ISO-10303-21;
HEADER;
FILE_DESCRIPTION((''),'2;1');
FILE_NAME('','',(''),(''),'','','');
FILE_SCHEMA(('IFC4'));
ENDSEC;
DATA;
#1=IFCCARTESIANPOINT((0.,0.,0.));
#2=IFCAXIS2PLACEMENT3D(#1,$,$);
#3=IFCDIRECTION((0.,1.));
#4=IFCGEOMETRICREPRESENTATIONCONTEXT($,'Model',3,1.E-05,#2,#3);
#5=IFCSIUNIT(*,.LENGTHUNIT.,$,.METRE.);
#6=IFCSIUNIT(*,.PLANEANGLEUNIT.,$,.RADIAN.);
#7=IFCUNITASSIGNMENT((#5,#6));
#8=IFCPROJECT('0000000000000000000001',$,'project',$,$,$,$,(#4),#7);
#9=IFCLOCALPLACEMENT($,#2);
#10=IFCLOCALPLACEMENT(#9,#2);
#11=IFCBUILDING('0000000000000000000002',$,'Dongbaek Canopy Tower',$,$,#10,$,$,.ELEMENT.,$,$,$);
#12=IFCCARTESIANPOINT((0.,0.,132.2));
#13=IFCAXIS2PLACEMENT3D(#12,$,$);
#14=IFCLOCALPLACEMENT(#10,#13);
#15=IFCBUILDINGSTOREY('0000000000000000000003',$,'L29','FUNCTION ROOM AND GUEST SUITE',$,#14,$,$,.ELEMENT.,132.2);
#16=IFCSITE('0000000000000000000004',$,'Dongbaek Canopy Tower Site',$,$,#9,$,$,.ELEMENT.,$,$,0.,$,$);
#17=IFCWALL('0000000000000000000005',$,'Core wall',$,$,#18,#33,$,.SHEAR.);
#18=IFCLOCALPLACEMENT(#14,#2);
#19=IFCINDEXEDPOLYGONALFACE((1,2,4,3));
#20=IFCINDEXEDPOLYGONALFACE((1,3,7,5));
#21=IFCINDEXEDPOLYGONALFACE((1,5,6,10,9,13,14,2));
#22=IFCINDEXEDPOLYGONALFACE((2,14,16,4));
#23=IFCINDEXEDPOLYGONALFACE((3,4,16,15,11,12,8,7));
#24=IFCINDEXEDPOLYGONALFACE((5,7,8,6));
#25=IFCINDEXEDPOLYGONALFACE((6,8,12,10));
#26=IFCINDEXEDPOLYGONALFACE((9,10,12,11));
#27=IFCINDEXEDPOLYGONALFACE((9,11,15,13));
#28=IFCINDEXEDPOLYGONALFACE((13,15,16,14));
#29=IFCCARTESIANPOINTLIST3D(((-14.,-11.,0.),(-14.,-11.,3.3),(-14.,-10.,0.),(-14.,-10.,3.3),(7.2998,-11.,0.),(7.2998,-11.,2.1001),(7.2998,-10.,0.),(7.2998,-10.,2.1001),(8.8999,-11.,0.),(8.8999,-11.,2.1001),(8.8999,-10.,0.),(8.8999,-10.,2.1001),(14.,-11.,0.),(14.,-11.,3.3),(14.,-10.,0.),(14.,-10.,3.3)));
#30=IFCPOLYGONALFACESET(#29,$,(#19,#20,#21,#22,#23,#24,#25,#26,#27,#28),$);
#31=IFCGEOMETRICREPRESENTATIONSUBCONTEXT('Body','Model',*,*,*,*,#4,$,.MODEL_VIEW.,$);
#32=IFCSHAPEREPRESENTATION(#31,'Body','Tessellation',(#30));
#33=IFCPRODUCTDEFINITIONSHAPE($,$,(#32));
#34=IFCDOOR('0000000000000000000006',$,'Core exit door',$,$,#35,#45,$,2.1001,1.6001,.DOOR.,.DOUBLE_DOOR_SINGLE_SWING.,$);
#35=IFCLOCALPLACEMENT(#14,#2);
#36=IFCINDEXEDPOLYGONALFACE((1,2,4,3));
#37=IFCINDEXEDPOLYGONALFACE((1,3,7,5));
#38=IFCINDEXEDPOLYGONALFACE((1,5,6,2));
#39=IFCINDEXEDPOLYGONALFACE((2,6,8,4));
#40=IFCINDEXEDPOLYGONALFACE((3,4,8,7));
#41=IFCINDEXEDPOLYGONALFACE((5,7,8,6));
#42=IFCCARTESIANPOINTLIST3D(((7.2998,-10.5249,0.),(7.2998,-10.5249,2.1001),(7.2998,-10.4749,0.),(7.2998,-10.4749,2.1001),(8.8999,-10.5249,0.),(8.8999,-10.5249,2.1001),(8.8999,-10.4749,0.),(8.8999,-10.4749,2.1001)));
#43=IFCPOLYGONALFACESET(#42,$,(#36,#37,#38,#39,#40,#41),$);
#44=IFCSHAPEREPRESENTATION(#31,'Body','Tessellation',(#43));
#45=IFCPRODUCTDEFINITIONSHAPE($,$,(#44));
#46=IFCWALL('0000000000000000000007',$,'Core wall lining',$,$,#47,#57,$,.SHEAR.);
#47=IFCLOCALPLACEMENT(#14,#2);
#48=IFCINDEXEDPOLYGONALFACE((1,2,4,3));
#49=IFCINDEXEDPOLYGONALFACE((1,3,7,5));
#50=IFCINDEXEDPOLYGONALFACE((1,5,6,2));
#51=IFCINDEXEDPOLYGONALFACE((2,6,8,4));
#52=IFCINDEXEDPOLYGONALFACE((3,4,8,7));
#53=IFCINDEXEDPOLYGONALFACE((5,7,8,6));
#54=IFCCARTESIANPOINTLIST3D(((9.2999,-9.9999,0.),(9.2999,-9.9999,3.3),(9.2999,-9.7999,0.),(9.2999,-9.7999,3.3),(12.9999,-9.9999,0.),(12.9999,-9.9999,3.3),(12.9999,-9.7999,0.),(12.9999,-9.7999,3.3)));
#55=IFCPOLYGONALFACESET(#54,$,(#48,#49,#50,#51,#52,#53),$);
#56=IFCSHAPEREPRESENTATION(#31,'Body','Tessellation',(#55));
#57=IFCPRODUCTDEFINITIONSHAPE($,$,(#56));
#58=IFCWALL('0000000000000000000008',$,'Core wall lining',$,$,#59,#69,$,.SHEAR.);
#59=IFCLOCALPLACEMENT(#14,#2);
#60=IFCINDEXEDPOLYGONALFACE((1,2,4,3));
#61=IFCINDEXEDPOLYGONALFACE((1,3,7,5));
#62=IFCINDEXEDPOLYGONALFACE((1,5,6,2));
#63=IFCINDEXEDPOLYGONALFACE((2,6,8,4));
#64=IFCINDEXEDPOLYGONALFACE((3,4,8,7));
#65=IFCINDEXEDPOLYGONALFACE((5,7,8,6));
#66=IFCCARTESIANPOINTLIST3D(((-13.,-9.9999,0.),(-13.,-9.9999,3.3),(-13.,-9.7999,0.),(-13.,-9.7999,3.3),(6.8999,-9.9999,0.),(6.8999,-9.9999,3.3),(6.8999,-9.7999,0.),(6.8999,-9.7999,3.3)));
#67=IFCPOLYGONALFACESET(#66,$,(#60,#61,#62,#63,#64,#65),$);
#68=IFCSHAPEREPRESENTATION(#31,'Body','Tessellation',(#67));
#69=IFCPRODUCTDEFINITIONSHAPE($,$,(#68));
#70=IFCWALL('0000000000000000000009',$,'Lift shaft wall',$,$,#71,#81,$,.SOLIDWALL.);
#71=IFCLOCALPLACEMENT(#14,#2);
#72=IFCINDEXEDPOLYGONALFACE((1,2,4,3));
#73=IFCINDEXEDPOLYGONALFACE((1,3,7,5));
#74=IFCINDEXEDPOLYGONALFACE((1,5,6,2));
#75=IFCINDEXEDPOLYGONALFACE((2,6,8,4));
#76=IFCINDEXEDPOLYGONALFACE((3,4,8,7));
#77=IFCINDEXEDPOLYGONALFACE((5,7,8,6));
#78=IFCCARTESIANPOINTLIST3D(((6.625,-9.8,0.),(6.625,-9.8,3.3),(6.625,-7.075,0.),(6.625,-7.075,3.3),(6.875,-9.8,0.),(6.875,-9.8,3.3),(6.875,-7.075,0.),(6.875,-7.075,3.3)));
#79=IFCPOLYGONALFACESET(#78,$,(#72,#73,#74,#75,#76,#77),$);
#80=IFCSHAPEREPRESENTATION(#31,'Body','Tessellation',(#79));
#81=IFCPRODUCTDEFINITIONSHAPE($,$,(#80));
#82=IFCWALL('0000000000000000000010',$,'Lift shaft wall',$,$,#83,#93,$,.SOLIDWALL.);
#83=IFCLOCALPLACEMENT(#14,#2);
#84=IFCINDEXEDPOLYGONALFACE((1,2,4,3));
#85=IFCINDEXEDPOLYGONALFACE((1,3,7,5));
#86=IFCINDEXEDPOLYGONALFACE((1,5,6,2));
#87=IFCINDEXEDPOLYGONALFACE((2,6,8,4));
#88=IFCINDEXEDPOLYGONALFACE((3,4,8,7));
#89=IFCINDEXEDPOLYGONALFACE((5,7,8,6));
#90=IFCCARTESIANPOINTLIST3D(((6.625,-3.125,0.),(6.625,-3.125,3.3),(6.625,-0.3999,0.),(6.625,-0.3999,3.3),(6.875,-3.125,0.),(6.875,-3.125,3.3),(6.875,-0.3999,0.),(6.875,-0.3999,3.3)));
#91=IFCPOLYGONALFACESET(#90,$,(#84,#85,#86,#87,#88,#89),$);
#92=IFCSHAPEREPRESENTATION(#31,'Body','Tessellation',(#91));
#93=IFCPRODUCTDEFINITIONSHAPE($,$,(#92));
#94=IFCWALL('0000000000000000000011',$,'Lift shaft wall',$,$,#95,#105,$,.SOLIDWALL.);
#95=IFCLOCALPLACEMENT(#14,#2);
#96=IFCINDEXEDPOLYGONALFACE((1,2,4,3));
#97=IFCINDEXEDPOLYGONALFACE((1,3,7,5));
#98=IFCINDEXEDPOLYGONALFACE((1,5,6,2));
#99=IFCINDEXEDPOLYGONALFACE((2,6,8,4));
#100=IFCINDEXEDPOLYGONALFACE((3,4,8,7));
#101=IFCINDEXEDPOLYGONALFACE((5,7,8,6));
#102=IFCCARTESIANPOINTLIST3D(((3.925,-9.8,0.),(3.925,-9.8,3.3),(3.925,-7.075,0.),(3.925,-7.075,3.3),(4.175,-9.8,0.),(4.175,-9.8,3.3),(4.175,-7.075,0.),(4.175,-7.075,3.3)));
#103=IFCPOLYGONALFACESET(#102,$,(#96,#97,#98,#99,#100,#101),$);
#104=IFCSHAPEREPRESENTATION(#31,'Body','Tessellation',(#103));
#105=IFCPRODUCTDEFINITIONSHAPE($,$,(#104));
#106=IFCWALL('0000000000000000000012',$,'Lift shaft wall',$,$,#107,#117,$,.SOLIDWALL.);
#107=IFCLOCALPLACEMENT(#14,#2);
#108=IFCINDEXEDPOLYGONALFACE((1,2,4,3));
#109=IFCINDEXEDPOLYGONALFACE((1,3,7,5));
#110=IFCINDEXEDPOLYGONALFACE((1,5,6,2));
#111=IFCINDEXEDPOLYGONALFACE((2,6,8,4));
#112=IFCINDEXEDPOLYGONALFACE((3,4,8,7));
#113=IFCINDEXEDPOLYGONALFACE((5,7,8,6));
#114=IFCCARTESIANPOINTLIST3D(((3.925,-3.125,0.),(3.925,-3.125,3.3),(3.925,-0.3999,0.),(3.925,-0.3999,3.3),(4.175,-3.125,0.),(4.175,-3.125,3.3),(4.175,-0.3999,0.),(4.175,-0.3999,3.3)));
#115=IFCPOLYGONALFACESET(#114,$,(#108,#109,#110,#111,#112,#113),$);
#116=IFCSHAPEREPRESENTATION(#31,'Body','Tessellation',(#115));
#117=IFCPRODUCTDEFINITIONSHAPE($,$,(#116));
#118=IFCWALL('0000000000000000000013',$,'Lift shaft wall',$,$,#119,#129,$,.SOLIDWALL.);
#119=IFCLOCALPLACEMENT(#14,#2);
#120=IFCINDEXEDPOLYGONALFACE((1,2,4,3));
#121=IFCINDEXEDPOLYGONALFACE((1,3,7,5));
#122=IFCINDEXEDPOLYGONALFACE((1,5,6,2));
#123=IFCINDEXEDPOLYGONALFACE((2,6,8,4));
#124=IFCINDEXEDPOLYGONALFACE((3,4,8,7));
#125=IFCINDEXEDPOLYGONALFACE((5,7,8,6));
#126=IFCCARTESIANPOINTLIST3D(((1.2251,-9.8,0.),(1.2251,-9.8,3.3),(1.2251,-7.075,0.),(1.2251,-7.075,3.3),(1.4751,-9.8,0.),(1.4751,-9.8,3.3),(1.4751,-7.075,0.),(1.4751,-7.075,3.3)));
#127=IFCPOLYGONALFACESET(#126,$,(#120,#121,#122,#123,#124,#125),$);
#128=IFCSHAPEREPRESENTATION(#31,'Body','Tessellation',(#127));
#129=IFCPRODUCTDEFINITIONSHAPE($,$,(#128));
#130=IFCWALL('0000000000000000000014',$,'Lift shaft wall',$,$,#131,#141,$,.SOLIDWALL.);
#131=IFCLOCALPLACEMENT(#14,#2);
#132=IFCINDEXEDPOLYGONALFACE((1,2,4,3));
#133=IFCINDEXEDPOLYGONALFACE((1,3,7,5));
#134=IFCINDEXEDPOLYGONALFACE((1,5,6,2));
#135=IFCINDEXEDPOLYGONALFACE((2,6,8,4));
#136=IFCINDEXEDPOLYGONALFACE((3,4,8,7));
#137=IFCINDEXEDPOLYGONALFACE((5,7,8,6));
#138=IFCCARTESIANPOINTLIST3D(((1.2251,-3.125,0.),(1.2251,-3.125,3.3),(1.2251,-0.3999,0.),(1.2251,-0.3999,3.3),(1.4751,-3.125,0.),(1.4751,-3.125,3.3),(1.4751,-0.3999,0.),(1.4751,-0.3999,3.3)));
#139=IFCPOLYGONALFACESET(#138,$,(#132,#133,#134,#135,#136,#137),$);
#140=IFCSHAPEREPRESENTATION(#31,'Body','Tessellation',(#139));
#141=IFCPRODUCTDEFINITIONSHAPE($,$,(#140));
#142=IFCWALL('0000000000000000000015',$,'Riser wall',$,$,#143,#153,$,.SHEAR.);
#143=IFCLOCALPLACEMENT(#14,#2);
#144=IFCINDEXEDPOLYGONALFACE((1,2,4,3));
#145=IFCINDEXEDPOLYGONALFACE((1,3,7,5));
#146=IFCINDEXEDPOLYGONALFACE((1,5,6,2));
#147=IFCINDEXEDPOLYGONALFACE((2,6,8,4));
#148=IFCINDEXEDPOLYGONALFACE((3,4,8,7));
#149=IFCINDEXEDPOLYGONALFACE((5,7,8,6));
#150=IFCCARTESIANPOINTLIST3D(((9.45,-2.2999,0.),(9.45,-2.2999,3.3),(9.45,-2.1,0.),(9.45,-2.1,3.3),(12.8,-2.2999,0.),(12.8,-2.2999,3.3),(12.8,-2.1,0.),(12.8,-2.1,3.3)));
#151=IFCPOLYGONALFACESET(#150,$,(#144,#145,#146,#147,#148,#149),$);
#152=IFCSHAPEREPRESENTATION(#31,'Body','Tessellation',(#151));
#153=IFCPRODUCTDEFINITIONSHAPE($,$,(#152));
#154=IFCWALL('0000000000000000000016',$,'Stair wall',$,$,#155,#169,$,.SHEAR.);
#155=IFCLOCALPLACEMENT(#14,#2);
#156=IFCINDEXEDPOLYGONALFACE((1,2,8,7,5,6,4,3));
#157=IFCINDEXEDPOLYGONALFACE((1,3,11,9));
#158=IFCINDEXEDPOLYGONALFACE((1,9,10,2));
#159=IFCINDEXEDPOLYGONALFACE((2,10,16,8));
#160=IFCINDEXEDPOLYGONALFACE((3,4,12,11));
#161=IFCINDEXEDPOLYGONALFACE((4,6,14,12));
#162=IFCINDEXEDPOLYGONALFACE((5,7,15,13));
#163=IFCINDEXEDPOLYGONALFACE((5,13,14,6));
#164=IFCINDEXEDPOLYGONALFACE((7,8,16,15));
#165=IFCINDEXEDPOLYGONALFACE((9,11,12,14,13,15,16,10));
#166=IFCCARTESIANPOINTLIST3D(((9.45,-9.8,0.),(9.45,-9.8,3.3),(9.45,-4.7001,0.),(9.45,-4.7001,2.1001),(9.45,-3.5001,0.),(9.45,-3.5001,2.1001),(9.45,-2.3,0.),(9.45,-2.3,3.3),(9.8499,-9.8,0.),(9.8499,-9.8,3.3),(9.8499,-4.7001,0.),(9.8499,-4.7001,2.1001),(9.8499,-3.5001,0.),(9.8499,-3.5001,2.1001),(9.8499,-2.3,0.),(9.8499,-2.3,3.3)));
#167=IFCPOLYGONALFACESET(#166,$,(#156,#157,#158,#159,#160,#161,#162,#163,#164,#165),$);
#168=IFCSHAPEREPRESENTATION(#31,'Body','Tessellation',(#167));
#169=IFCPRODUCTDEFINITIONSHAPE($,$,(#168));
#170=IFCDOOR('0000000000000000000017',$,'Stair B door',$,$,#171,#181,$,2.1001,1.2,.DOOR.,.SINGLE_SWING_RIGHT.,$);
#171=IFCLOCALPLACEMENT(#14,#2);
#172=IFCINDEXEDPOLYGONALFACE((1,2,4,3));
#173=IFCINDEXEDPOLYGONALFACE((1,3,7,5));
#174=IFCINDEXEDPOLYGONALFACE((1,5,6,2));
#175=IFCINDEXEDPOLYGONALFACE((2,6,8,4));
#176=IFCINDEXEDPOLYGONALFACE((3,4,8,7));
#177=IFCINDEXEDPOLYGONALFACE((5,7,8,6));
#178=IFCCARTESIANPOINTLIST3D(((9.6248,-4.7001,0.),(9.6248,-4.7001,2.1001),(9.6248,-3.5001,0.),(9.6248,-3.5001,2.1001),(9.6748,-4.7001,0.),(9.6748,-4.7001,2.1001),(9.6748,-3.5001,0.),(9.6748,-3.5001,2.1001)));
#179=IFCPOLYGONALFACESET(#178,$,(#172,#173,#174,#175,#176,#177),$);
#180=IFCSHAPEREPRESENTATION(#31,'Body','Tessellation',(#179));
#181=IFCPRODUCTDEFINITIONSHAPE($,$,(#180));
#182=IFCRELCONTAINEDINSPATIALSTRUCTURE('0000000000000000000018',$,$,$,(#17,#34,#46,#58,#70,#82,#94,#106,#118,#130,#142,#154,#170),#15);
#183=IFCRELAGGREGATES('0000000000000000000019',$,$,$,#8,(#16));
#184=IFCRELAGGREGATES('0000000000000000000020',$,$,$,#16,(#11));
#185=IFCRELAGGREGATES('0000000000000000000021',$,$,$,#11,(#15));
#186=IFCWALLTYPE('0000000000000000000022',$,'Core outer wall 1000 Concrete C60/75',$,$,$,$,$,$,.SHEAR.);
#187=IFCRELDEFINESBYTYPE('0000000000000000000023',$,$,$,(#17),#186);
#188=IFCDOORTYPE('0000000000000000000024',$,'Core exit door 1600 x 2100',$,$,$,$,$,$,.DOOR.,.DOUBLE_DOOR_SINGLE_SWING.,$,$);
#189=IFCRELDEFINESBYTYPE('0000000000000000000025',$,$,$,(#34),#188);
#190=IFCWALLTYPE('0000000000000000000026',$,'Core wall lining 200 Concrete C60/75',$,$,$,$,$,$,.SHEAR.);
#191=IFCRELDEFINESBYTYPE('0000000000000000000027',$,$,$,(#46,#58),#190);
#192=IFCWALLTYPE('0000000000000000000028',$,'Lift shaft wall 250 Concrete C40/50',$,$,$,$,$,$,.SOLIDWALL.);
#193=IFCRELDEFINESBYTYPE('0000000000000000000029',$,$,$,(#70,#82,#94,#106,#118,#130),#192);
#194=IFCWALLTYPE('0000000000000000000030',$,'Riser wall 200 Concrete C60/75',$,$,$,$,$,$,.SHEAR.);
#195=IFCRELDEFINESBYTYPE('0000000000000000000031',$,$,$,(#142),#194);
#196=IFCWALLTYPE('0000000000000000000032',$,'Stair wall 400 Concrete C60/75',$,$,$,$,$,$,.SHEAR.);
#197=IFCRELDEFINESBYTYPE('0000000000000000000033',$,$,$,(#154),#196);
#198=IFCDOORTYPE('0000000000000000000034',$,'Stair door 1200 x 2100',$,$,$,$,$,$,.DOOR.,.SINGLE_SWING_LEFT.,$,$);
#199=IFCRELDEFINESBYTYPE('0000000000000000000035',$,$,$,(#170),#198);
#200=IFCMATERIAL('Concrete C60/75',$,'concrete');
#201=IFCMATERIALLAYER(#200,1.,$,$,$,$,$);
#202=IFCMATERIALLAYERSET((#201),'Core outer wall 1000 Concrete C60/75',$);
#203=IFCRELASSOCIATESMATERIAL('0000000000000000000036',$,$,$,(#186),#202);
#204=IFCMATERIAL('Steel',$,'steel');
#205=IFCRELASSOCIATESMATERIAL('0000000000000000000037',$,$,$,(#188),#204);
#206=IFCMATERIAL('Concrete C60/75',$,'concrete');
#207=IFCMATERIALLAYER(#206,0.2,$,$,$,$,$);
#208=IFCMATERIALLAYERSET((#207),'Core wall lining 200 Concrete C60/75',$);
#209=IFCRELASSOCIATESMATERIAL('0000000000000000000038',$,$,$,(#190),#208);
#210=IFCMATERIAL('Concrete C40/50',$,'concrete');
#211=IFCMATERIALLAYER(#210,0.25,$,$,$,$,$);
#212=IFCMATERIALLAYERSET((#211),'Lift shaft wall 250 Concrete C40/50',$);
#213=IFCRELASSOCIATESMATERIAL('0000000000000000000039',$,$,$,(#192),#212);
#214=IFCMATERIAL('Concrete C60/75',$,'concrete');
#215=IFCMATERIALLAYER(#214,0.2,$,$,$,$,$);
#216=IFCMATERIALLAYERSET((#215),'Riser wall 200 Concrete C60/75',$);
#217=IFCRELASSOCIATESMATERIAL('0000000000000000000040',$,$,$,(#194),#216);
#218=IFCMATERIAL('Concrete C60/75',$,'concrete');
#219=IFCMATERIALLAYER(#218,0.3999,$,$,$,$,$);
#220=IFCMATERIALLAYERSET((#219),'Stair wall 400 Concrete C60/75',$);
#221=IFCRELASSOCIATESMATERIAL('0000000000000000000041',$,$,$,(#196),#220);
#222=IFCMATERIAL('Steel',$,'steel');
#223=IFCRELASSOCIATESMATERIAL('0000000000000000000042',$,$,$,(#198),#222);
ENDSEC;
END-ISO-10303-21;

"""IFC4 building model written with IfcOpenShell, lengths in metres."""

from ifc_helpers import new_model, si_unit, direction, frame, frame_2d, origin, place, context, subcontext, project, spatial, rectangle, extrude, material, layer, layer_set, type_object, element, fill, save


model = new_model("IFC4")

# Units and contexts
model_context = context("Model", 3, precision=1e-05, world=origin(), true_north=direction((0.0, 1.0)))
body_context = subcontext(model_context, "Body", "Model", "MODEL_VIEW")
ifc_project = project(units=[si_unit("LENGTHUNIT", "METRE"), si_unit("PLANEANGLEUNIT", "RADIAN")], contexts=[model_context])

# Site, building, storey
site_placement = place(None, origin())
site = spatial("IfcSite", under=ifc_project, at=site_placement, Name="Dongbaek Canopy Tower Site", CompositionType="ELEMENT", RefElevation=0.0)
building_placement = place(site_placement, origin())
building = spatial("IfcBuilding", under=site, at=building_placement, Name="Dongbaek Canopy Tower", CompositionType="ELEMENT")
storey_placement = place(building_placement, frame((0.0, 0.0, 132.2)))
storey = spatial("IfcBuildingStorey", under=building, at=storey_placement, Name="L29", Description="FUNCTION ROOM AND GUEST SUITE", CompositionType="ELEMENT", Elevation=132.2)

# Wall, opening, door
ifc_material_1 = material(Name="Concrete C60/75", Category="concrete")
ifc_layer_1 = layer(ifc_material_1, 1.0)
ifc_layer_set_1 = layer_set([ifc_layer_1], Name="Core outer wall 1000 Concrete C60/75")
wall_type_1 = type_object("IfcWallType", Name="Core outer wall 1000 Concrete C60/75", PredefinedType="SHEAR", material=ifc_layer_set_1)
wall_1_placement = place(storey_placement, frame((14.0, -10.5, 0.0), z_axis=(0.0, 0.0, 1.0), x_axis=(-1.0, 0.0, 0.0)))
wall_1 = element("IfcWall", 1, at=wall_1_placement, inside=storey, type_object=wall_type_1, Name="Core wall", PredefinedType="SHEAR", context=body_context, shape_type="SweptSolid", body=[
    extrude(rectangle(XDim=28.0, YDim=1.0, at=frame_2d((14.0, 0.0))), origin(), (0.0, 0.0, 1.0), 3.3),
])
opening_1_placement = place(wall_1_placement, frame((5.1001, 0.0, 0.0)))
opening_1 = element("IfcOpeningElement", 2, at=opening_1_placement, cuts=wall_1, PredefinedType="OPENING", context=body_context, shape_type="SweptSolid", body=[
    extrude(rectangle(XDim=1.6001, YDim=2.1001, at=frame_2d((0.8, 1.05))), frame((0.0, 0.51, 0.0), z_axis=(0.0, -1.0, 0.0), x_axis=(1.0, 0.0, 0.0)), (0.0, 0.0, 1.0), 1.02),
])
ifc_material_2 = material(Name="Steel", Category="steel")
door_type_1 = type_object("IfcDoorType", Name="Core exit door 1600 x 2100", OperationType="DOUBLE_DOOR_SINGLE_SWING", PredefinedType="DOOR", material=ifc_material_2)
door_1_placement = place(opening_1_placement, origin())
door_1 = element("IfcDoor", 3, at=door_1_placement, inside=storey, type_object=door_type_1, Name="Core exit door", OperationType="DOUBLE_DOOR_SINGLE_SWING", OverallHeight=2.1001, OverallWidth=1.6001, PredefinedType="DOOR", context=body_context, shape_type="SweptSolid", body=[
    extrude(rectangle(XDim=1.6001, YDim=2.1001, at=frame_2d((0.8, 1.05))), frame((0.0, 0.0249, 0.0), z_axis=(0.0, -1.0, 0.0), x_axis=(1.0, 0.0, 0.0)), (0.0, 0.0, 1.0), 0.05),
])
fill(opening_1, door_1)

# Walls
ifc_material_3 = material(Name="Concrete C60/75", Category="concrete")
ifc_layer_2 = layer(ifc_material_3, 0.2)
ifc_layer_set_2 = layer_set([ifc_layer_2], Name="Core wall lining 200 Concrete C60/75")
wall_type_2 = type_object("IfcWallType", Name="Core wall lining 200 Concrete C60/75", PredefinedType="SHEAR", material=ifc_layer_set_2)
wall_2_placement = place(storey_placement, frame((13.0, -9.8999, 0.0), z_axis=(0.0, 0.0, 1.0), x_axis=(-1.0, 0.0, 0.0)))
element("IfcWall", 4, at=wall_2_placement, inside=storey, type_object=wall_type_2, Name="Core wall lining", PredefinedType="SHEAR", context=body_context, shape_type="SweptSolid", body=[
    extrude(rectangle(XDim=3.7, YDim=0.2, at=frame_2d((1.8501, 0.0))), origin(), (0.0, 0.0, 1.0), 3.3),
])
wall_3_placement = place(storey_placement, frame((6.8999, -9.8999, 0.0), z_axis=(0.0, 0.0, 1.0), x_axis=(-1.0, 0.0, 0.0)))
element("IfcWall", 5, at=wall_3_placement, inside=storey, type_object=wall_type_2, Name="Core wall lining", PredefinedType="SHEAR", context=body_context, shape_type="SweptSolid", body=[
    extrude(rectangle(XDim=19.8999, YDim=0.2, at=frame_2d((9.95, 0.0))), origin(), (0.0, 0.0, 1.0), 3.3),
])
ifc_material_4 = material(Name="Concrete C40/50", Category="concrete")
ifc_layer_3 = layer(ifc_material_4, 0.25)
ifc_layer_set_3 = layer_set([ifc_layer_3], Name="Lift shaft wall 250 Concrete C40/50")
wall_type_3 = type_object("IfcWallType", Name="Lift shaft wall 250 Concrete C40/50", PredefinedType="SOLIDWALL", material=ifc_layer_set_3)
for number, where, z_axis, x_axis, name in (
    (6, (6.75, -9.8, 0.0), (0.0, 0.0, 1.0), (0.0, 1.0, 0.0), "Lift shaft wall"),
    (7, (6.75, -3.125, 0.0), (0.0, 0.0, 1.0), (0.0, 1.0, 0.0), "Lift shaft wall"),
    (8, (4.05, -9.8, 0.0), (0.0, 0.0, 1.0), (0.0, 1.0, 0.0), "Lift shaft wall"),
    (9, (4.05, -3.125, 0.0), (0.0, 0.0, 1.0), (0.0, 1.0, 0.0), "Lift shaft wall"),
    (10, (1.3501, -9.8, 0.0), (0.0, 0.0, 1.0), (0.0, 1.0, 0.0), "Lift shaft wall"),
    (11, (1.3501, -3.125, 0.0), (0.0, 0.0, 1.0), (0.0, 1.0, 0.0), "Lift shaft wall"),
):
    element("IfcWall", number, at=place(storey_placement, frame(where, z_axis=z_axis, x_axis=x_axis)), inside=storey, type_object=wall_type_3, Name=name, PredefinedType="SOLIDWALL", context=body_context, shape_type="SweptSolid", body=[
        extrude(rectangle(XDim=2.7251, YDim=0.25, at=frame_2d((1.3625, 0.0))), origin(), (0.0, 0.0, 1.0), 3.3),
    ])
ifc_material_5 = material(Name="Concrete C60/75", Category="concrete")
ifc_layer_4 = layer(ifc_material_5, 0.2)
ifc_layer_set_4 = layer_set([ifc_layer_4], Name="Riser wall 200 Concrete C60/75")
wall_type_4 = type_object("IfcWallType", Name="Riser wall 200 Concrete C60/75", PredefinedType="SHEAR", material=ifc_layer_set_4)
wall_4_placement = place(storey_placement, frame((9.45, -2.2, 0.0), z_axis=(0.0, 0.0, 1.0), x_axis=(1.0, 0.0, 0.0)))
element("IfcWall", 12, at=wall_4_placement, inside=storey, type_object=wall_type_4, Name="Riser wall", PredefinedType="SHEAR", context=body_context, shape_type="SweptSolid", body=[
    extrude(rectangle(XDim=3.3501, YDim=0.2, at=frame_2d((1.675, 0.0))), origin(), (0.0, 0.0, 1.0), 3.3),
])

# Wall, opening, door
ifc_material_6 = material(Name="Concrete C60/75", Category="concrete")
ifc_layer_5 = layer(ifc_material_6, 0.3999)
ifc_layer_set_5 = layer_set([ifc_layer_5], Name="Stair wall 400 Concrete C60/75")
wall_type_5 = type_object("IfcWallType", Name="Stair wall 400 Concrete C60/75", PredefinedType="SHEAR", material=ifc_layer_set_5)
wall_5_placement = place(storey_placement, frame((9.6499, -2.3, 0.0), z_axis=(0.0, 0.0, 1.0), x_axis=(0.0, -1.0, 0.0)))
wall_5 = element("IfcWall", 13, at=wall_5_placement, inside=storey, type_object=wall_type_5, Name="Stair wall", PredefinedType="SHEAR", context=body_context, shape_type="SweptSolid", body=[
    extrude(rectangle(XDim=7.5, YDim=0.3999, at=frame_2d((3.75, 0.0))), origin(), (0.0, 0.0, 1.0), 3.3),
])
opening_2_placement = place(wall_5_placement, frame((1.2, 0.0, 0.0)))
opening_2 = element("IfcOpeningElement", 14, at=opening_2_placement, cuts=wall_5, PredefinedType="OPENING", context=body_context, shape_type="SweptSolid", body=[
    extrude(rectangle(XDim=1.2, YDim=2.1001, at=frame_2d((0.6001, 1.05))), frame((0.0, 0.21, 0.0), z_axis=(0.0, -1.0, 0.0), x_axis=(1.0, 0.0, 0.0)), (0.0, 0.0, 1.0), 0.4199),
])
ifc_material_7 = material(Name="Steel", Category="steel")
door_type_2 = type_object("IfcDoorType", Name="Stair door 1200 x 2100", OperationType="SINGLE_SWING_LEFT", PredefinedType="DOOR", material=ifc_material_7)
door_2_placement = place(opening_2_placement, origin())
door_2 = element("IfcDoor", 15, at=door_2_placement, inside=storey, type_object=door_type_2, Name="Stair B door", OperationType="SINGLE_SWING_RIGHT", OverallHeight=2.1001, OverallWidth=1.2, PredefinedType="DOOR", context=body_context, shape_type="SweptSolid", body=[
    extrude(rectangle(XDim=1.2, YDim=2.1001, at=frame_2d((0.6001, 1.05))), frame((0.0, 0.0249, 0.0), z_axis=(0.0, -1.0, 0.0), x_axis=(1.0, 0.0, 0.0)), (0.0, 0.0, 1.0), 0.05),
])
fill(opening_2, door_2)

save(model, "model.ifc")
